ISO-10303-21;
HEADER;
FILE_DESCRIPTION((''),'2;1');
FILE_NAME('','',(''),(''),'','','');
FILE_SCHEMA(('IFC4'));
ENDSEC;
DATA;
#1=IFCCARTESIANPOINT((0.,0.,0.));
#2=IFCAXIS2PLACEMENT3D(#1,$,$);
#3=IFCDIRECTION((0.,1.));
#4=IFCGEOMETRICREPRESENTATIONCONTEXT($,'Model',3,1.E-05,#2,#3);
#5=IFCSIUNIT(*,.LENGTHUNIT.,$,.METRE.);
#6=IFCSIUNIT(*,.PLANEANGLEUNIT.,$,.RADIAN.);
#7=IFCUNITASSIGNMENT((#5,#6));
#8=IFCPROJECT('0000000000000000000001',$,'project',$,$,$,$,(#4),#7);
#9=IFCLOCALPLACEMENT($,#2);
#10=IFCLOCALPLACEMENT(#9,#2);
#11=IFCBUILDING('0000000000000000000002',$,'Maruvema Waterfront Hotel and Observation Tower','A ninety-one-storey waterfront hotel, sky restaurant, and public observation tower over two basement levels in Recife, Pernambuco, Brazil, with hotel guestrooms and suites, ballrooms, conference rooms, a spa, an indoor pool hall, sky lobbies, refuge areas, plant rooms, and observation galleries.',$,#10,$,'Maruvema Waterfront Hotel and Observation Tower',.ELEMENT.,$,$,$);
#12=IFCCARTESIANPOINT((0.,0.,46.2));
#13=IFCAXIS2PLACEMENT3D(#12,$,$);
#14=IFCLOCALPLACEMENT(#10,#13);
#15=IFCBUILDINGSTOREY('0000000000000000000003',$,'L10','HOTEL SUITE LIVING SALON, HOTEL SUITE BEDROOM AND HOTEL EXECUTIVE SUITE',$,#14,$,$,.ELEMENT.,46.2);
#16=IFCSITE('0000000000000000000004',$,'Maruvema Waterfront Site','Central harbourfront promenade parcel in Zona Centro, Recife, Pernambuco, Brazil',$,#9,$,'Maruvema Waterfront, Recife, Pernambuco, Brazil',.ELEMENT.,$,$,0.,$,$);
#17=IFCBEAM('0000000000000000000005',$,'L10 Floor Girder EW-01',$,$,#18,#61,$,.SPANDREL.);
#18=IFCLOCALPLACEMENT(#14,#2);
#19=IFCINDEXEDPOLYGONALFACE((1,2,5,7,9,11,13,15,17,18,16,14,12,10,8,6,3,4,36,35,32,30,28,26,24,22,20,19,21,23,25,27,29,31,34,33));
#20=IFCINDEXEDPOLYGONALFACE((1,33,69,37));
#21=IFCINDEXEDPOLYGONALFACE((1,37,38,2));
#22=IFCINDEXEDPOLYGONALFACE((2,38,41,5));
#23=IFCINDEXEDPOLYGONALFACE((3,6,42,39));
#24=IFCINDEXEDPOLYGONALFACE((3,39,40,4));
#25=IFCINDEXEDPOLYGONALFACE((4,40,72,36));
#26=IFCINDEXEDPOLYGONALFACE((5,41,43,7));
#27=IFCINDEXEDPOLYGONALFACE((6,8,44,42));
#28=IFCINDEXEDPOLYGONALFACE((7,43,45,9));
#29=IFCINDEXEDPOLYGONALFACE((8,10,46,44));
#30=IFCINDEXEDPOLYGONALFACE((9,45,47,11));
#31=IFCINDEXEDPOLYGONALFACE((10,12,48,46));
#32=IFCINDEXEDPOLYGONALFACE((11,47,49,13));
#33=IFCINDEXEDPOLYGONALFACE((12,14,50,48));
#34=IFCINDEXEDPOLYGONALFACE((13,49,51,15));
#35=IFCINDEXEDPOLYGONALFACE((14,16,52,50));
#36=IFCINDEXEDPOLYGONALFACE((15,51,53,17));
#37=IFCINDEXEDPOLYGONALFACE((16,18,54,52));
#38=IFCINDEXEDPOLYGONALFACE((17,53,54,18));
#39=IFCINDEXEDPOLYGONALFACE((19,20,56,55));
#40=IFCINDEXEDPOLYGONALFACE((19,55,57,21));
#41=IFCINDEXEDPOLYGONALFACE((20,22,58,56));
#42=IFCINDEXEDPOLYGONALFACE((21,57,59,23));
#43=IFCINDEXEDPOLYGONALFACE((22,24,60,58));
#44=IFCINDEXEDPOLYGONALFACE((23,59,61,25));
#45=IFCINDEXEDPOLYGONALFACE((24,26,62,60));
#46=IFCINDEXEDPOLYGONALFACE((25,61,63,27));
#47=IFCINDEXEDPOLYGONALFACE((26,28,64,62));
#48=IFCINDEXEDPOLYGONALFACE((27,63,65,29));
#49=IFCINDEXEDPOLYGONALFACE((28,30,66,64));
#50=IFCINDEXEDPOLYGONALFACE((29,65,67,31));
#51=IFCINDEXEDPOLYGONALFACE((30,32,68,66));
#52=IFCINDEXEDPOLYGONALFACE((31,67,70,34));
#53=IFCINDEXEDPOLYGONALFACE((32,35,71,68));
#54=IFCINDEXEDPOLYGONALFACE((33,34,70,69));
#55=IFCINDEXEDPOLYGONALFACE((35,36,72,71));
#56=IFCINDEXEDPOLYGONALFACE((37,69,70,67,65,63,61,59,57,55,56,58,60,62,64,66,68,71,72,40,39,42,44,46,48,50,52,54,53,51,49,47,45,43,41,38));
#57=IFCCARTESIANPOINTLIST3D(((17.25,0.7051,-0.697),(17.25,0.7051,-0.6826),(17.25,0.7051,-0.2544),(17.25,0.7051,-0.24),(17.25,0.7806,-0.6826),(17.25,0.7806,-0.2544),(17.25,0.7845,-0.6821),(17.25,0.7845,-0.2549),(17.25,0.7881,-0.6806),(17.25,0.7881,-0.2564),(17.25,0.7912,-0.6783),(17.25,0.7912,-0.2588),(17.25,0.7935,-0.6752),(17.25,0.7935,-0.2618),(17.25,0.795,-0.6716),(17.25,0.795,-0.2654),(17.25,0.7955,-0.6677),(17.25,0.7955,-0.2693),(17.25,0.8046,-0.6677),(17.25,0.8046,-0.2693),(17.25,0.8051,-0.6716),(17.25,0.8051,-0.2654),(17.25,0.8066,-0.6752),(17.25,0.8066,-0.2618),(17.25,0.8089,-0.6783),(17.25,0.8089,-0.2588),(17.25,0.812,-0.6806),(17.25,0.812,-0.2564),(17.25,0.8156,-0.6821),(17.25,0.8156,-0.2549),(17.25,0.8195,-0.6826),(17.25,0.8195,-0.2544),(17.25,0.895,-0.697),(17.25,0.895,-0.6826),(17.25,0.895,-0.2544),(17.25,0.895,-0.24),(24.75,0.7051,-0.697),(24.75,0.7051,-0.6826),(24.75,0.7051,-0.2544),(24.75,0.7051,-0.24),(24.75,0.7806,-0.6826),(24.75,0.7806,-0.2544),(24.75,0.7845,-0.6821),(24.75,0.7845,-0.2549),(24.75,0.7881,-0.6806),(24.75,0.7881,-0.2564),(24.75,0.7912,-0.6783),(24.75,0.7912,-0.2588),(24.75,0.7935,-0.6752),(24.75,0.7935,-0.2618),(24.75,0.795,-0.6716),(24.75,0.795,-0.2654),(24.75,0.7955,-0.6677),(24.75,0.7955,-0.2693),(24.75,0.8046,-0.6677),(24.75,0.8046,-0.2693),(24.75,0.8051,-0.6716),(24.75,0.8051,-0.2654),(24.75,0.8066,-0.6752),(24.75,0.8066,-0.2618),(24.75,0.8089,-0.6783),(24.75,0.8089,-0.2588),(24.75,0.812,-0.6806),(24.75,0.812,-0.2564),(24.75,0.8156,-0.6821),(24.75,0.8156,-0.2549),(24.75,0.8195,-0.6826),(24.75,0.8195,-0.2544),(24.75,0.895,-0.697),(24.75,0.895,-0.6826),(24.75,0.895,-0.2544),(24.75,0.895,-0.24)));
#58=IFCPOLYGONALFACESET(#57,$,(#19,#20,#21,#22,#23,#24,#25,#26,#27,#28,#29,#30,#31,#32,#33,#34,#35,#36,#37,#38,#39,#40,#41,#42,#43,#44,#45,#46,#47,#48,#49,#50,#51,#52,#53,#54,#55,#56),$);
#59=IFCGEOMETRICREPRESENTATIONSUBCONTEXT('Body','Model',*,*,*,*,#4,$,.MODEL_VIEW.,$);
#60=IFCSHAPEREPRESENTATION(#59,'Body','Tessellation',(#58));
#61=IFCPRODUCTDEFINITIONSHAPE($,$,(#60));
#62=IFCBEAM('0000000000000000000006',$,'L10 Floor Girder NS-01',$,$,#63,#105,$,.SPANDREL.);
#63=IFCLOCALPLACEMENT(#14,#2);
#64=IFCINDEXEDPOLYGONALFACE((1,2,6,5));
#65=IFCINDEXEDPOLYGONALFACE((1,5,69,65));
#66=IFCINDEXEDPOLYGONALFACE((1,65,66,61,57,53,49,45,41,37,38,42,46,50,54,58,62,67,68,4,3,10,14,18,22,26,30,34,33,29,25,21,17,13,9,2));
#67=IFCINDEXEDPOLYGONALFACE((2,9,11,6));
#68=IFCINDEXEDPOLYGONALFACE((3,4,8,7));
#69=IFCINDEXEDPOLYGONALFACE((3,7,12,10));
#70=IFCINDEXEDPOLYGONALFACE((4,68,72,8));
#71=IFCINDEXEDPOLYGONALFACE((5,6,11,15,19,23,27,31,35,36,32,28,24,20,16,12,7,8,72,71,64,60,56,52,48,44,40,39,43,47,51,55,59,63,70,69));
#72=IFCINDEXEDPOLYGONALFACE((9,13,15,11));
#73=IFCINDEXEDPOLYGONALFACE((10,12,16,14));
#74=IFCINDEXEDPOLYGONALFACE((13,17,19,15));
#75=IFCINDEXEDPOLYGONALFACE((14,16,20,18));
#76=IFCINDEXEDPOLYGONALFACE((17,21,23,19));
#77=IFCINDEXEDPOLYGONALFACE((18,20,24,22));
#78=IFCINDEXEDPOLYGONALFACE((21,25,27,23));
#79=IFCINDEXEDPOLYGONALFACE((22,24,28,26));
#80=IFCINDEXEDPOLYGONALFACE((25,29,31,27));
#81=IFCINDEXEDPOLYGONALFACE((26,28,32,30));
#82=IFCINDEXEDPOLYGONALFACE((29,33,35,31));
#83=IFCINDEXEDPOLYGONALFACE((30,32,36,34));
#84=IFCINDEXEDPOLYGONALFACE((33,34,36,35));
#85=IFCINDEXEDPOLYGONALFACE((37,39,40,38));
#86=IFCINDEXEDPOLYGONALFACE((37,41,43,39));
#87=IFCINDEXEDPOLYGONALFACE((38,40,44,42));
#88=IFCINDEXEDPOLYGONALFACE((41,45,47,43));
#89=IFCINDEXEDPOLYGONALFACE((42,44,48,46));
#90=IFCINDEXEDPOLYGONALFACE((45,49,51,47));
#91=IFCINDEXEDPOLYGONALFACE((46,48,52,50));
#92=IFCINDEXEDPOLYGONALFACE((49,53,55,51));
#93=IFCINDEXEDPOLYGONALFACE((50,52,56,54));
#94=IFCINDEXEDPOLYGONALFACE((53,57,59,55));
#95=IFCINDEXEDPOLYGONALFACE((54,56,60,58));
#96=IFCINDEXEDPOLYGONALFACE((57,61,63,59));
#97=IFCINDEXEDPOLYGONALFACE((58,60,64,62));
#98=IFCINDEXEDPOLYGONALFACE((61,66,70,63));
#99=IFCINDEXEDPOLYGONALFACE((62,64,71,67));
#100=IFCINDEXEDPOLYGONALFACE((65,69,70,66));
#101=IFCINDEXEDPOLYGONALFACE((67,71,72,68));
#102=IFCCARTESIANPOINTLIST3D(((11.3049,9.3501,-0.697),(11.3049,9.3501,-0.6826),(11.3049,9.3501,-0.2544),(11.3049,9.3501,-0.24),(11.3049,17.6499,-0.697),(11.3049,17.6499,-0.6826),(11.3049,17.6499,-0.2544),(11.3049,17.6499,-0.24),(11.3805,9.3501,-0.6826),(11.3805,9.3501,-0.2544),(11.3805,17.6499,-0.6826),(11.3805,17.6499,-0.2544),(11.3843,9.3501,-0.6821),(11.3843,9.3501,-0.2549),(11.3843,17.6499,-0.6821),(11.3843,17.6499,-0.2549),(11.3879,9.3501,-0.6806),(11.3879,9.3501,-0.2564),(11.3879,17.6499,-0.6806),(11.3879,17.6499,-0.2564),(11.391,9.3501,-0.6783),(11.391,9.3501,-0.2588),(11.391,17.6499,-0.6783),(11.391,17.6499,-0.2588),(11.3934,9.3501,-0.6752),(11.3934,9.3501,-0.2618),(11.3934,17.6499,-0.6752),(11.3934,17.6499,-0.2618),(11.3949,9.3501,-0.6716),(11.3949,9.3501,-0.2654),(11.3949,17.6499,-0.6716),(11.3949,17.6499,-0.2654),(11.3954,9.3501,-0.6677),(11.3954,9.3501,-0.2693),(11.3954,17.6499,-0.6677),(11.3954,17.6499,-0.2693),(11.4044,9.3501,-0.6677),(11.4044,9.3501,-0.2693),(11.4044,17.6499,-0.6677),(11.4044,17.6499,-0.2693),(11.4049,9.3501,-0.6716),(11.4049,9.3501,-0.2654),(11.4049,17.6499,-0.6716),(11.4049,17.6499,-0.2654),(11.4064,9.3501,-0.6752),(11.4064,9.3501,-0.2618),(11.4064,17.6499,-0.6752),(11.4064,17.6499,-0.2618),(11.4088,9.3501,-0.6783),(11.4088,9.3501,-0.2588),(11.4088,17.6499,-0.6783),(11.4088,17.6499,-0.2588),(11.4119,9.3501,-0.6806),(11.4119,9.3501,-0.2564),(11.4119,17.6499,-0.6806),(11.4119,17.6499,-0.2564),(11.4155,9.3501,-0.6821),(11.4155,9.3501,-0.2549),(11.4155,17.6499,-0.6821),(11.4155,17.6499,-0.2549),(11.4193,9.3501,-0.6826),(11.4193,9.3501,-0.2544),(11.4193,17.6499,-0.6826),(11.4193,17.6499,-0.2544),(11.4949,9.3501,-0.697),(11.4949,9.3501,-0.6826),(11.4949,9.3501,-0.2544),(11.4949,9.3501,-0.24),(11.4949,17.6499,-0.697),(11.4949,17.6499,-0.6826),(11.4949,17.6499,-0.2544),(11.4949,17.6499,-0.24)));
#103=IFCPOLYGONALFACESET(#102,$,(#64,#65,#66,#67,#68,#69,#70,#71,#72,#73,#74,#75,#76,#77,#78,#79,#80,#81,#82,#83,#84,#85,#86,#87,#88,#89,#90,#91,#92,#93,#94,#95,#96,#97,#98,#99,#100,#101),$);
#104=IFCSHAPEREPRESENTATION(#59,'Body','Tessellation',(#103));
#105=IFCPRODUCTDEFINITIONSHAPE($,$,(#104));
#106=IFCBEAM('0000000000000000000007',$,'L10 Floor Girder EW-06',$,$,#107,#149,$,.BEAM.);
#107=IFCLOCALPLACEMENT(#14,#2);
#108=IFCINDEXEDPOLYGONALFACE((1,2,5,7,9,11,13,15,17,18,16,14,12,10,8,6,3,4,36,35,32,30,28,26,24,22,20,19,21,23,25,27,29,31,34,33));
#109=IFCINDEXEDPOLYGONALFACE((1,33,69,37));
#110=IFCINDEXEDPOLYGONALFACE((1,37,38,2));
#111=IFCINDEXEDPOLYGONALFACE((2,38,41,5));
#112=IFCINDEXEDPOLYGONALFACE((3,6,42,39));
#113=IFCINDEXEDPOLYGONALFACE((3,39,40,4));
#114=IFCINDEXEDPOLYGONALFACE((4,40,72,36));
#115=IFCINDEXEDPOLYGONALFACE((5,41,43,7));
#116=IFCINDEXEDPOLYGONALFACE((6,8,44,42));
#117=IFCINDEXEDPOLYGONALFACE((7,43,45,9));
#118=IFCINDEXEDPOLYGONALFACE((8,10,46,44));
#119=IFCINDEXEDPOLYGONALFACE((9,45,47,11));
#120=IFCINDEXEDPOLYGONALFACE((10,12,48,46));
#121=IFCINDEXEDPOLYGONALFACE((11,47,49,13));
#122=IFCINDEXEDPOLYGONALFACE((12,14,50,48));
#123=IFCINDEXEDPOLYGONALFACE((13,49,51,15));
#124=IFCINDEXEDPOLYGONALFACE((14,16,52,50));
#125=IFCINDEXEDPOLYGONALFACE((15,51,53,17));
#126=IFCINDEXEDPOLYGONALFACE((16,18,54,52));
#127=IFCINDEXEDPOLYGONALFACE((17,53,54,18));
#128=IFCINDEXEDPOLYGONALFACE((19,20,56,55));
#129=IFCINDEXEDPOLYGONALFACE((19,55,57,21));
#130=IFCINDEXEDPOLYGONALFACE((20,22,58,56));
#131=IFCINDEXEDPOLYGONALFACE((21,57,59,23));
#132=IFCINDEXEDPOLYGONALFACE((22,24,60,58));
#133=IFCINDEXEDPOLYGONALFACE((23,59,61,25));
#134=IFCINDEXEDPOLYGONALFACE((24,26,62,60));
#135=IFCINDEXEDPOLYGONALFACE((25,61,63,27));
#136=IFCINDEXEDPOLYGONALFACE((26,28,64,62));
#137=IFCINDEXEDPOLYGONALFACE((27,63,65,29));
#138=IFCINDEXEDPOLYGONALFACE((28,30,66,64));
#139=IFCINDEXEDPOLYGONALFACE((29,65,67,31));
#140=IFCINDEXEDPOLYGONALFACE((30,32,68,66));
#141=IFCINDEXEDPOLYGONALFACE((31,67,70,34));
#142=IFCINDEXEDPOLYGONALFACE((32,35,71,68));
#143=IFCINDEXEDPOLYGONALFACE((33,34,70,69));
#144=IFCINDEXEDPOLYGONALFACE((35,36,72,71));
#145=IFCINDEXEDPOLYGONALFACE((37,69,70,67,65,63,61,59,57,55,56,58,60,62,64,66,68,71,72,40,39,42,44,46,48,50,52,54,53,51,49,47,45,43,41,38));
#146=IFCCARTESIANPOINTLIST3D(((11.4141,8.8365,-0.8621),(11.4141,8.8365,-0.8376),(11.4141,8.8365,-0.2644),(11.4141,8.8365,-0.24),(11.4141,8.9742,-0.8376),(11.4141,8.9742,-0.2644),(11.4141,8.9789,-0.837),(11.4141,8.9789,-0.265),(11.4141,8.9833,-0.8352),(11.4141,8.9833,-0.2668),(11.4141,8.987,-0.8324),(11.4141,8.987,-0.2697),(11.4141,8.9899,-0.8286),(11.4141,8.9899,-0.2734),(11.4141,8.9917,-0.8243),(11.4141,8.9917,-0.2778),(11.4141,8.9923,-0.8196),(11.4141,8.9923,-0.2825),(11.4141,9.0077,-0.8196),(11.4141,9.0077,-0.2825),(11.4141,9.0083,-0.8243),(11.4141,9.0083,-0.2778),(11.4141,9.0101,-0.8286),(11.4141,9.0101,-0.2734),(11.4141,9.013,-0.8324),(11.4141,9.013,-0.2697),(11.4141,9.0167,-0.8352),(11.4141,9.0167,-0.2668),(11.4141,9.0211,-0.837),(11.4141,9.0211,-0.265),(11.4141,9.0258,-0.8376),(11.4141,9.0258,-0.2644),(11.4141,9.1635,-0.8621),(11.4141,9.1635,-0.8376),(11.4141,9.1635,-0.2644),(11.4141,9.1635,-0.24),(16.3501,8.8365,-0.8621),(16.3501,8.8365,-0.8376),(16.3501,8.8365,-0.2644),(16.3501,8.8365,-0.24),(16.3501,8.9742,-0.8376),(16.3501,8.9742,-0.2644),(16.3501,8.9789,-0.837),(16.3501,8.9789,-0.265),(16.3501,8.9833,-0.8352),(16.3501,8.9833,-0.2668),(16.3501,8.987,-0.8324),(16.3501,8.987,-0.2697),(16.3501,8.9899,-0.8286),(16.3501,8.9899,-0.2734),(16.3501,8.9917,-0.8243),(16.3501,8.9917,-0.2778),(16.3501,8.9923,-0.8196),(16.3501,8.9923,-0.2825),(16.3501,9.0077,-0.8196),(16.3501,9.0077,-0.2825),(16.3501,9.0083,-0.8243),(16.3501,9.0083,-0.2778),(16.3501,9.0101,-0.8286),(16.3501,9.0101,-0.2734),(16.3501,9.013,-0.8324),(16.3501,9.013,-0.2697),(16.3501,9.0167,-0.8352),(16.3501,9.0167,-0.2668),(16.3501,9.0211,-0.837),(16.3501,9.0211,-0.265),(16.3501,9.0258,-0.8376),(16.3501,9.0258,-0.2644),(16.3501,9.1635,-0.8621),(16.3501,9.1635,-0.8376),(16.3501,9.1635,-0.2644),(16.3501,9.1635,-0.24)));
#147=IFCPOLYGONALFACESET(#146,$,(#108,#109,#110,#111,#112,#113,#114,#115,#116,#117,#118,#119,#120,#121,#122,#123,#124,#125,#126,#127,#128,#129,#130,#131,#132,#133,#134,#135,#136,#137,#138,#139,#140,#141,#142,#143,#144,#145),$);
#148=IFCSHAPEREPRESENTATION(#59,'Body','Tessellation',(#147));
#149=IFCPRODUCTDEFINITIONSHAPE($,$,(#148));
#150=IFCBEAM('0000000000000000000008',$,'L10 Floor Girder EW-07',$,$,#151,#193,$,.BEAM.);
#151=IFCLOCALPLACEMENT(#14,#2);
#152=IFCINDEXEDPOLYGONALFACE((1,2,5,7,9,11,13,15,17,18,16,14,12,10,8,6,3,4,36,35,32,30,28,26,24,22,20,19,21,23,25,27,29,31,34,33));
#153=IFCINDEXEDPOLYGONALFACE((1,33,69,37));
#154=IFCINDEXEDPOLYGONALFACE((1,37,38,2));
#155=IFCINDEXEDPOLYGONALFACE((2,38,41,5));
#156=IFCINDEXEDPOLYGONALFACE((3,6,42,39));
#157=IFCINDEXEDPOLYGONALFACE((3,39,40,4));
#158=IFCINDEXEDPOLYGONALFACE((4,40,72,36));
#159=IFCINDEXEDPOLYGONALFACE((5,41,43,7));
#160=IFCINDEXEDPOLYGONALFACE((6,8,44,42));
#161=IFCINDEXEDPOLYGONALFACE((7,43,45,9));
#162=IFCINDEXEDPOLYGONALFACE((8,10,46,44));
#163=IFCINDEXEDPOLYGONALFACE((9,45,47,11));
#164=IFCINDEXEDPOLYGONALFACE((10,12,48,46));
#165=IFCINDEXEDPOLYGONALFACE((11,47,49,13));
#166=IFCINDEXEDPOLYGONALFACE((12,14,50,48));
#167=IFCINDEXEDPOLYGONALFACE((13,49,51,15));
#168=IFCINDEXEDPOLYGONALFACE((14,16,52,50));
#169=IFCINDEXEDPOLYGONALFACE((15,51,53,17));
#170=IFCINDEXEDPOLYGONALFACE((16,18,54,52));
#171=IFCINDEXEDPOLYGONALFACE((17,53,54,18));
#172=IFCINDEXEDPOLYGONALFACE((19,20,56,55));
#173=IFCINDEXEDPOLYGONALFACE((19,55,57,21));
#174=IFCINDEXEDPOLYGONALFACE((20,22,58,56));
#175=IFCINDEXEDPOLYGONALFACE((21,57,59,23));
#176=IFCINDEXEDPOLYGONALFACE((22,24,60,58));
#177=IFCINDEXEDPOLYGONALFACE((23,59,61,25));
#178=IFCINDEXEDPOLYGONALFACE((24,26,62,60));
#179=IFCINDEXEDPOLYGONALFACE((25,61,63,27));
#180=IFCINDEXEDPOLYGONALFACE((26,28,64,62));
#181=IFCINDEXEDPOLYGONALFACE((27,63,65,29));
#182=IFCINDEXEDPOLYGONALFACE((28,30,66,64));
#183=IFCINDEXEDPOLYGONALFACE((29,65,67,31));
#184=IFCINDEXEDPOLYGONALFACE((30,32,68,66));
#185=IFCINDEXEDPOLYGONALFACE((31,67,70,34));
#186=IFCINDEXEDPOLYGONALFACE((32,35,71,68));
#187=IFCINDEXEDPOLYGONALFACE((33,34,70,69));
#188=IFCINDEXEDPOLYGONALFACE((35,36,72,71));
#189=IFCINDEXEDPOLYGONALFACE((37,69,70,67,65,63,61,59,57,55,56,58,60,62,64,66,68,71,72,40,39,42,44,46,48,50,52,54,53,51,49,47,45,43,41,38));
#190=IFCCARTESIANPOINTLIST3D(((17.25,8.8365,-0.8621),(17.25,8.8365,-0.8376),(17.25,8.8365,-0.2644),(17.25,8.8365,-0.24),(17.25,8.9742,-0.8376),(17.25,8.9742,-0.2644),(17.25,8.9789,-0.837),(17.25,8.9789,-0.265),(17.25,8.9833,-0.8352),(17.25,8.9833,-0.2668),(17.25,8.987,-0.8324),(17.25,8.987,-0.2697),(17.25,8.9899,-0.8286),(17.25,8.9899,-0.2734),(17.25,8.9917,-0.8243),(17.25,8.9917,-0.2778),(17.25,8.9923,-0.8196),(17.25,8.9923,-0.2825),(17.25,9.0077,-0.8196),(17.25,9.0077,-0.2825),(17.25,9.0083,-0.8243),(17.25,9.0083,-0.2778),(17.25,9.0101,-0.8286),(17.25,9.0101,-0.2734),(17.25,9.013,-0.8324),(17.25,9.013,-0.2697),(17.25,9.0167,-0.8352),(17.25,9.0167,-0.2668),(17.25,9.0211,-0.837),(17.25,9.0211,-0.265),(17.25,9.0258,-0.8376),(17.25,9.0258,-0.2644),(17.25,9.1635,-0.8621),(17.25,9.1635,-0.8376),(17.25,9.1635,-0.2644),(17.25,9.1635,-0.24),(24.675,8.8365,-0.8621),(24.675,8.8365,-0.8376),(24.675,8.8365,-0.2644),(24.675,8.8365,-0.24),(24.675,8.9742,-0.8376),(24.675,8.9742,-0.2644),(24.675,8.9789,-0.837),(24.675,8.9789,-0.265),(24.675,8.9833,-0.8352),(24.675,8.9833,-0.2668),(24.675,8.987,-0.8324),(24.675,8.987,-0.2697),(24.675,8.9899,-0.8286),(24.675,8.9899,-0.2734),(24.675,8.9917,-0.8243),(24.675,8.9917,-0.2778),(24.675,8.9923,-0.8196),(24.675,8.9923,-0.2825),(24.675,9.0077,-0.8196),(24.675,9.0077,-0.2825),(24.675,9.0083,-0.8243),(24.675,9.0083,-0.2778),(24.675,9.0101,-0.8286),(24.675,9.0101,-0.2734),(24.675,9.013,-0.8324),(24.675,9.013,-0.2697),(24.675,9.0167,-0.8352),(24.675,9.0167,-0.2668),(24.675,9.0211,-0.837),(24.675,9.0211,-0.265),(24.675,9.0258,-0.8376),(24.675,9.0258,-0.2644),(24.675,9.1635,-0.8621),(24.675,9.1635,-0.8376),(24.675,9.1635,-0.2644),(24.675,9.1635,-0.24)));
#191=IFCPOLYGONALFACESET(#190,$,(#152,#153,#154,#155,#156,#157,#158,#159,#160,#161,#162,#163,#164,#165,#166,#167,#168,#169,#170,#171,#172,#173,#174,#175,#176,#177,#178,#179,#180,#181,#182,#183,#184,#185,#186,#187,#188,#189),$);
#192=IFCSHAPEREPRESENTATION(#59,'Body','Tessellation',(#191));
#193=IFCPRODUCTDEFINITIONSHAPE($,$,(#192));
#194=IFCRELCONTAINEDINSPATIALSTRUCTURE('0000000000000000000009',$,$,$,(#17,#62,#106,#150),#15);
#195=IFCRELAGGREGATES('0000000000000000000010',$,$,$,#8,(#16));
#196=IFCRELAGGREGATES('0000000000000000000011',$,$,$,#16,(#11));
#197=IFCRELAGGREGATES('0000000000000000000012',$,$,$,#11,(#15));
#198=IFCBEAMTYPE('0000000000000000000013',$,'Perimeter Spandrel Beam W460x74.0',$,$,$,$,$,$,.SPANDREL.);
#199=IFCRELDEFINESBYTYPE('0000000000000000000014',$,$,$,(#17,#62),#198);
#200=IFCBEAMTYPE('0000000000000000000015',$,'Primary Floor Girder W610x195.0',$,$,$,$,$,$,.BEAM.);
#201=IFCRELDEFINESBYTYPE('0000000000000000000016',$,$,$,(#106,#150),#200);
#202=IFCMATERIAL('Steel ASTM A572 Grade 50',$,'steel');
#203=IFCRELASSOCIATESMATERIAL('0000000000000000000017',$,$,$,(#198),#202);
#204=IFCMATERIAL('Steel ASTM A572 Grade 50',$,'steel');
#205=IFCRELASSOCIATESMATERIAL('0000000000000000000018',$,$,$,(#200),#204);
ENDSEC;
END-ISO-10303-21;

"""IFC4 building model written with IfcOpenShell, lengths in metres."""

from ifc_helpers import new_model, si_unit, direction, frame, origin, origin_2d, place, context, subcontext, project, spatial, i_section, extrude, material, material_profile, profile_set, type_object, element, save


model = new_model("IFC4")

# Units and contexts
model_context = context("Model", 3, precision=1e-05, world=origin(), true_north=direction((0.0, 1.0)))
body_context = subcontext(model_context, "Body", "Model", "MODEL_VIEW")
ifc_project = project(units=[si_unit("LENGTHUNIT", "METRE"), si_unit("PLANEANGLEUNIT", "RADIAN")], contexts=[model_context])

# Site, building, storey
site_placement = place(None, origin())
site = spatial("IfcSite", under=ifc_project, at=site_placement, Name="Maruvema Waterfront Site", Description="Central harbourfront promenade parcel in Zona Centro, Recife, Pernambuco, Brazil", LongName="Maruvema Waterfront, Recife, Pernambuco, Brazil", CompositionType="ELEMENT", RefElevation=0.0)
building_placement = place(site_placement, origin())
building = spatial("IfcBuilding", under=site, at=building_placement, Name="Maruvema Waterfront Hotel and Observation Tower", Description="A ninety-one-storey waterfront hotel, sky restaurant, and public observation tower over two basement levels in Recife, Pernambuco, Brazil, with hotel guestrooms and suites, ballrooms, conference rooms, a spa, an indoor pool hall, sky lobbies, refuge areas, plant rooms, and observation galleries.", LongName="Maruvema Waterfront Hotel and Observation Tower", CompositionType="ELEMENT")
storey_placement = place(building_placement, frame((0.0, 0.0, 46.2)))
storey = spatial("IfcBuildingStorey", under=building, at=storey_placement, Name="L10", Description="HOTEL SUITE LIVING SALON, HOTEL SUITE BEDROOM AND HOTEL EXECUTIVE SUITE", CompositionType="ELEMENT", Elevation=46.2)

# Beams
ifc_material_1 = material(Name="Steel ASTM A572 Grade 50", Category="steel")
ifc_material_profile_1 = material_profile(ifc_material_1, i_section(OverallWidth=0.1899, OverallDepth=0.457, WebThickness=0.009, FlangeThickness=0.0144, FilletRadius=0.0149, at=origin_2d()), Name="W460x74.0")
ifc_profile_set_1 = profile_set([ifc_material_profile_1], Name="Steel ASTM A572 Grade 50")
beam_type_1 = type_object("IfcBeamType", Name="Perimeter Spandrel Beam W460x74.0", PredefinedType="SPANDREL", material=ifc_profile_set_1)
beam_1_placement = place(storey_placement, frame((17.25, 0.8, -0.4685), z_axis=(1.0, 0.0, 0.0), x_axis=(0.0, 1.0, 0.0)))
element("IfcBeam", 1, at=beam_1_placement, inside=storey, type_object=beam_type_1, Name="L10 Floor Girder EW-01", PredefinedType="SPANDREL", context=body_context, shape_type="SweptSolid", body=[
    extrude(i_section(OverallWidth=0.1899, OverallDepth=0.457, WebThickness=0.009, FlangeThickness=0.0144, FilletRadius=0.0149, at=origin_2d()), origin(), (0.0, 0.0, 1.0), 7.5),
])
beam_2_placement = place(storey_placement, frame((11.3999, 9.3501, -0.4685), z_axis=(0.0, 1.0, 0.0), x_axis=(-1.0, 0.0, 0.0)))
element("IfcBeam", 2, at=beam_2_placement, inside=storey, type_object=beam_type_1, Name="L10 Floor Girder NS-01", PredefinedType="SPANDREL", context=body_context, shape_type="SweptSolid", body=[
    extrude(i_section(OverallWidth=0.1899, OverallDepth=0.457, WebThickness=0.009, FlangeThickness=0.0144, FilletRadius=0.0149, at=origin_2d()), origin(), (0.0, 0.0, 1.0), 8.2998),
])
ifc_material_2 = material(Name="Steel ASTM A572 Grade 50", Category="steel")
ifc_material_profile_2 = material_profile(ifc_material_2, i_section(OverallWidth=0.3269, OverallDepth=0.6221, WebThickness=0.0154, FlangeThickness=0.0244, FilletRadius=0.0181, at=origin_2d()), Name="W610x195.0")
ifc_profile_set_2 = profile_set([ifc_material_profile_2], Name="Steel ASTM A572 Grade 50")
beam_type_2 = type_object("IfcBeamType", Name="Primary Floor Girder W610x195.0", PredefinedType="BEAM", material=ifc_profile_set_2)
beam_3_placement = place(storey_placement, frame((11.4141, 9.0, -0.551), z_axis=(1.0, 0.0, 0.0), x_axis=(0.0, 1.0, 0.0)))
element("IfcBeam", 3, at=beam_3_placement, inside=storey, type_object=beam_type_2, Name="L10 Floor Girder EW-06", PredefinedType="BEAM", context=body_context, shape_type="SweptSolid", body=[
    extrude(i_section(OverallWidth=0.3269, OverallDepth=0.6221, WebThickness=0.0154, FlangeThickness=0.0244, FilletRadius=0.0181, at=origin_2d()), origin(), (0.0, 0.0, 1.0), 4.936),
])
beam_4_placement = place(storey_placement, frame((17.25, 9.0, -0.551), z_axis=(1.0, 0.0, 0.0), x_axis=(0.0, 1.0, 0.0)))
element("IfcBeam", 4, at=beam_4_placement, inside=storey, type_object=beam_type_2, Name="L10 Floor Girder EW-07", PredefinedType="BEAM", context=body_context, shape_type="SweptSolid", body=[
    extrude(i_section(OverallWidth=0.3269, OverallDepth=0.6221, WebThickness=0.0154, FlangeThickness=0.0244, FilletRadius=0.0181, at=origin_2d()), origin(), (0.0, 0.0, 1.0), 7.425),
])

save(model, "model.ifc")
